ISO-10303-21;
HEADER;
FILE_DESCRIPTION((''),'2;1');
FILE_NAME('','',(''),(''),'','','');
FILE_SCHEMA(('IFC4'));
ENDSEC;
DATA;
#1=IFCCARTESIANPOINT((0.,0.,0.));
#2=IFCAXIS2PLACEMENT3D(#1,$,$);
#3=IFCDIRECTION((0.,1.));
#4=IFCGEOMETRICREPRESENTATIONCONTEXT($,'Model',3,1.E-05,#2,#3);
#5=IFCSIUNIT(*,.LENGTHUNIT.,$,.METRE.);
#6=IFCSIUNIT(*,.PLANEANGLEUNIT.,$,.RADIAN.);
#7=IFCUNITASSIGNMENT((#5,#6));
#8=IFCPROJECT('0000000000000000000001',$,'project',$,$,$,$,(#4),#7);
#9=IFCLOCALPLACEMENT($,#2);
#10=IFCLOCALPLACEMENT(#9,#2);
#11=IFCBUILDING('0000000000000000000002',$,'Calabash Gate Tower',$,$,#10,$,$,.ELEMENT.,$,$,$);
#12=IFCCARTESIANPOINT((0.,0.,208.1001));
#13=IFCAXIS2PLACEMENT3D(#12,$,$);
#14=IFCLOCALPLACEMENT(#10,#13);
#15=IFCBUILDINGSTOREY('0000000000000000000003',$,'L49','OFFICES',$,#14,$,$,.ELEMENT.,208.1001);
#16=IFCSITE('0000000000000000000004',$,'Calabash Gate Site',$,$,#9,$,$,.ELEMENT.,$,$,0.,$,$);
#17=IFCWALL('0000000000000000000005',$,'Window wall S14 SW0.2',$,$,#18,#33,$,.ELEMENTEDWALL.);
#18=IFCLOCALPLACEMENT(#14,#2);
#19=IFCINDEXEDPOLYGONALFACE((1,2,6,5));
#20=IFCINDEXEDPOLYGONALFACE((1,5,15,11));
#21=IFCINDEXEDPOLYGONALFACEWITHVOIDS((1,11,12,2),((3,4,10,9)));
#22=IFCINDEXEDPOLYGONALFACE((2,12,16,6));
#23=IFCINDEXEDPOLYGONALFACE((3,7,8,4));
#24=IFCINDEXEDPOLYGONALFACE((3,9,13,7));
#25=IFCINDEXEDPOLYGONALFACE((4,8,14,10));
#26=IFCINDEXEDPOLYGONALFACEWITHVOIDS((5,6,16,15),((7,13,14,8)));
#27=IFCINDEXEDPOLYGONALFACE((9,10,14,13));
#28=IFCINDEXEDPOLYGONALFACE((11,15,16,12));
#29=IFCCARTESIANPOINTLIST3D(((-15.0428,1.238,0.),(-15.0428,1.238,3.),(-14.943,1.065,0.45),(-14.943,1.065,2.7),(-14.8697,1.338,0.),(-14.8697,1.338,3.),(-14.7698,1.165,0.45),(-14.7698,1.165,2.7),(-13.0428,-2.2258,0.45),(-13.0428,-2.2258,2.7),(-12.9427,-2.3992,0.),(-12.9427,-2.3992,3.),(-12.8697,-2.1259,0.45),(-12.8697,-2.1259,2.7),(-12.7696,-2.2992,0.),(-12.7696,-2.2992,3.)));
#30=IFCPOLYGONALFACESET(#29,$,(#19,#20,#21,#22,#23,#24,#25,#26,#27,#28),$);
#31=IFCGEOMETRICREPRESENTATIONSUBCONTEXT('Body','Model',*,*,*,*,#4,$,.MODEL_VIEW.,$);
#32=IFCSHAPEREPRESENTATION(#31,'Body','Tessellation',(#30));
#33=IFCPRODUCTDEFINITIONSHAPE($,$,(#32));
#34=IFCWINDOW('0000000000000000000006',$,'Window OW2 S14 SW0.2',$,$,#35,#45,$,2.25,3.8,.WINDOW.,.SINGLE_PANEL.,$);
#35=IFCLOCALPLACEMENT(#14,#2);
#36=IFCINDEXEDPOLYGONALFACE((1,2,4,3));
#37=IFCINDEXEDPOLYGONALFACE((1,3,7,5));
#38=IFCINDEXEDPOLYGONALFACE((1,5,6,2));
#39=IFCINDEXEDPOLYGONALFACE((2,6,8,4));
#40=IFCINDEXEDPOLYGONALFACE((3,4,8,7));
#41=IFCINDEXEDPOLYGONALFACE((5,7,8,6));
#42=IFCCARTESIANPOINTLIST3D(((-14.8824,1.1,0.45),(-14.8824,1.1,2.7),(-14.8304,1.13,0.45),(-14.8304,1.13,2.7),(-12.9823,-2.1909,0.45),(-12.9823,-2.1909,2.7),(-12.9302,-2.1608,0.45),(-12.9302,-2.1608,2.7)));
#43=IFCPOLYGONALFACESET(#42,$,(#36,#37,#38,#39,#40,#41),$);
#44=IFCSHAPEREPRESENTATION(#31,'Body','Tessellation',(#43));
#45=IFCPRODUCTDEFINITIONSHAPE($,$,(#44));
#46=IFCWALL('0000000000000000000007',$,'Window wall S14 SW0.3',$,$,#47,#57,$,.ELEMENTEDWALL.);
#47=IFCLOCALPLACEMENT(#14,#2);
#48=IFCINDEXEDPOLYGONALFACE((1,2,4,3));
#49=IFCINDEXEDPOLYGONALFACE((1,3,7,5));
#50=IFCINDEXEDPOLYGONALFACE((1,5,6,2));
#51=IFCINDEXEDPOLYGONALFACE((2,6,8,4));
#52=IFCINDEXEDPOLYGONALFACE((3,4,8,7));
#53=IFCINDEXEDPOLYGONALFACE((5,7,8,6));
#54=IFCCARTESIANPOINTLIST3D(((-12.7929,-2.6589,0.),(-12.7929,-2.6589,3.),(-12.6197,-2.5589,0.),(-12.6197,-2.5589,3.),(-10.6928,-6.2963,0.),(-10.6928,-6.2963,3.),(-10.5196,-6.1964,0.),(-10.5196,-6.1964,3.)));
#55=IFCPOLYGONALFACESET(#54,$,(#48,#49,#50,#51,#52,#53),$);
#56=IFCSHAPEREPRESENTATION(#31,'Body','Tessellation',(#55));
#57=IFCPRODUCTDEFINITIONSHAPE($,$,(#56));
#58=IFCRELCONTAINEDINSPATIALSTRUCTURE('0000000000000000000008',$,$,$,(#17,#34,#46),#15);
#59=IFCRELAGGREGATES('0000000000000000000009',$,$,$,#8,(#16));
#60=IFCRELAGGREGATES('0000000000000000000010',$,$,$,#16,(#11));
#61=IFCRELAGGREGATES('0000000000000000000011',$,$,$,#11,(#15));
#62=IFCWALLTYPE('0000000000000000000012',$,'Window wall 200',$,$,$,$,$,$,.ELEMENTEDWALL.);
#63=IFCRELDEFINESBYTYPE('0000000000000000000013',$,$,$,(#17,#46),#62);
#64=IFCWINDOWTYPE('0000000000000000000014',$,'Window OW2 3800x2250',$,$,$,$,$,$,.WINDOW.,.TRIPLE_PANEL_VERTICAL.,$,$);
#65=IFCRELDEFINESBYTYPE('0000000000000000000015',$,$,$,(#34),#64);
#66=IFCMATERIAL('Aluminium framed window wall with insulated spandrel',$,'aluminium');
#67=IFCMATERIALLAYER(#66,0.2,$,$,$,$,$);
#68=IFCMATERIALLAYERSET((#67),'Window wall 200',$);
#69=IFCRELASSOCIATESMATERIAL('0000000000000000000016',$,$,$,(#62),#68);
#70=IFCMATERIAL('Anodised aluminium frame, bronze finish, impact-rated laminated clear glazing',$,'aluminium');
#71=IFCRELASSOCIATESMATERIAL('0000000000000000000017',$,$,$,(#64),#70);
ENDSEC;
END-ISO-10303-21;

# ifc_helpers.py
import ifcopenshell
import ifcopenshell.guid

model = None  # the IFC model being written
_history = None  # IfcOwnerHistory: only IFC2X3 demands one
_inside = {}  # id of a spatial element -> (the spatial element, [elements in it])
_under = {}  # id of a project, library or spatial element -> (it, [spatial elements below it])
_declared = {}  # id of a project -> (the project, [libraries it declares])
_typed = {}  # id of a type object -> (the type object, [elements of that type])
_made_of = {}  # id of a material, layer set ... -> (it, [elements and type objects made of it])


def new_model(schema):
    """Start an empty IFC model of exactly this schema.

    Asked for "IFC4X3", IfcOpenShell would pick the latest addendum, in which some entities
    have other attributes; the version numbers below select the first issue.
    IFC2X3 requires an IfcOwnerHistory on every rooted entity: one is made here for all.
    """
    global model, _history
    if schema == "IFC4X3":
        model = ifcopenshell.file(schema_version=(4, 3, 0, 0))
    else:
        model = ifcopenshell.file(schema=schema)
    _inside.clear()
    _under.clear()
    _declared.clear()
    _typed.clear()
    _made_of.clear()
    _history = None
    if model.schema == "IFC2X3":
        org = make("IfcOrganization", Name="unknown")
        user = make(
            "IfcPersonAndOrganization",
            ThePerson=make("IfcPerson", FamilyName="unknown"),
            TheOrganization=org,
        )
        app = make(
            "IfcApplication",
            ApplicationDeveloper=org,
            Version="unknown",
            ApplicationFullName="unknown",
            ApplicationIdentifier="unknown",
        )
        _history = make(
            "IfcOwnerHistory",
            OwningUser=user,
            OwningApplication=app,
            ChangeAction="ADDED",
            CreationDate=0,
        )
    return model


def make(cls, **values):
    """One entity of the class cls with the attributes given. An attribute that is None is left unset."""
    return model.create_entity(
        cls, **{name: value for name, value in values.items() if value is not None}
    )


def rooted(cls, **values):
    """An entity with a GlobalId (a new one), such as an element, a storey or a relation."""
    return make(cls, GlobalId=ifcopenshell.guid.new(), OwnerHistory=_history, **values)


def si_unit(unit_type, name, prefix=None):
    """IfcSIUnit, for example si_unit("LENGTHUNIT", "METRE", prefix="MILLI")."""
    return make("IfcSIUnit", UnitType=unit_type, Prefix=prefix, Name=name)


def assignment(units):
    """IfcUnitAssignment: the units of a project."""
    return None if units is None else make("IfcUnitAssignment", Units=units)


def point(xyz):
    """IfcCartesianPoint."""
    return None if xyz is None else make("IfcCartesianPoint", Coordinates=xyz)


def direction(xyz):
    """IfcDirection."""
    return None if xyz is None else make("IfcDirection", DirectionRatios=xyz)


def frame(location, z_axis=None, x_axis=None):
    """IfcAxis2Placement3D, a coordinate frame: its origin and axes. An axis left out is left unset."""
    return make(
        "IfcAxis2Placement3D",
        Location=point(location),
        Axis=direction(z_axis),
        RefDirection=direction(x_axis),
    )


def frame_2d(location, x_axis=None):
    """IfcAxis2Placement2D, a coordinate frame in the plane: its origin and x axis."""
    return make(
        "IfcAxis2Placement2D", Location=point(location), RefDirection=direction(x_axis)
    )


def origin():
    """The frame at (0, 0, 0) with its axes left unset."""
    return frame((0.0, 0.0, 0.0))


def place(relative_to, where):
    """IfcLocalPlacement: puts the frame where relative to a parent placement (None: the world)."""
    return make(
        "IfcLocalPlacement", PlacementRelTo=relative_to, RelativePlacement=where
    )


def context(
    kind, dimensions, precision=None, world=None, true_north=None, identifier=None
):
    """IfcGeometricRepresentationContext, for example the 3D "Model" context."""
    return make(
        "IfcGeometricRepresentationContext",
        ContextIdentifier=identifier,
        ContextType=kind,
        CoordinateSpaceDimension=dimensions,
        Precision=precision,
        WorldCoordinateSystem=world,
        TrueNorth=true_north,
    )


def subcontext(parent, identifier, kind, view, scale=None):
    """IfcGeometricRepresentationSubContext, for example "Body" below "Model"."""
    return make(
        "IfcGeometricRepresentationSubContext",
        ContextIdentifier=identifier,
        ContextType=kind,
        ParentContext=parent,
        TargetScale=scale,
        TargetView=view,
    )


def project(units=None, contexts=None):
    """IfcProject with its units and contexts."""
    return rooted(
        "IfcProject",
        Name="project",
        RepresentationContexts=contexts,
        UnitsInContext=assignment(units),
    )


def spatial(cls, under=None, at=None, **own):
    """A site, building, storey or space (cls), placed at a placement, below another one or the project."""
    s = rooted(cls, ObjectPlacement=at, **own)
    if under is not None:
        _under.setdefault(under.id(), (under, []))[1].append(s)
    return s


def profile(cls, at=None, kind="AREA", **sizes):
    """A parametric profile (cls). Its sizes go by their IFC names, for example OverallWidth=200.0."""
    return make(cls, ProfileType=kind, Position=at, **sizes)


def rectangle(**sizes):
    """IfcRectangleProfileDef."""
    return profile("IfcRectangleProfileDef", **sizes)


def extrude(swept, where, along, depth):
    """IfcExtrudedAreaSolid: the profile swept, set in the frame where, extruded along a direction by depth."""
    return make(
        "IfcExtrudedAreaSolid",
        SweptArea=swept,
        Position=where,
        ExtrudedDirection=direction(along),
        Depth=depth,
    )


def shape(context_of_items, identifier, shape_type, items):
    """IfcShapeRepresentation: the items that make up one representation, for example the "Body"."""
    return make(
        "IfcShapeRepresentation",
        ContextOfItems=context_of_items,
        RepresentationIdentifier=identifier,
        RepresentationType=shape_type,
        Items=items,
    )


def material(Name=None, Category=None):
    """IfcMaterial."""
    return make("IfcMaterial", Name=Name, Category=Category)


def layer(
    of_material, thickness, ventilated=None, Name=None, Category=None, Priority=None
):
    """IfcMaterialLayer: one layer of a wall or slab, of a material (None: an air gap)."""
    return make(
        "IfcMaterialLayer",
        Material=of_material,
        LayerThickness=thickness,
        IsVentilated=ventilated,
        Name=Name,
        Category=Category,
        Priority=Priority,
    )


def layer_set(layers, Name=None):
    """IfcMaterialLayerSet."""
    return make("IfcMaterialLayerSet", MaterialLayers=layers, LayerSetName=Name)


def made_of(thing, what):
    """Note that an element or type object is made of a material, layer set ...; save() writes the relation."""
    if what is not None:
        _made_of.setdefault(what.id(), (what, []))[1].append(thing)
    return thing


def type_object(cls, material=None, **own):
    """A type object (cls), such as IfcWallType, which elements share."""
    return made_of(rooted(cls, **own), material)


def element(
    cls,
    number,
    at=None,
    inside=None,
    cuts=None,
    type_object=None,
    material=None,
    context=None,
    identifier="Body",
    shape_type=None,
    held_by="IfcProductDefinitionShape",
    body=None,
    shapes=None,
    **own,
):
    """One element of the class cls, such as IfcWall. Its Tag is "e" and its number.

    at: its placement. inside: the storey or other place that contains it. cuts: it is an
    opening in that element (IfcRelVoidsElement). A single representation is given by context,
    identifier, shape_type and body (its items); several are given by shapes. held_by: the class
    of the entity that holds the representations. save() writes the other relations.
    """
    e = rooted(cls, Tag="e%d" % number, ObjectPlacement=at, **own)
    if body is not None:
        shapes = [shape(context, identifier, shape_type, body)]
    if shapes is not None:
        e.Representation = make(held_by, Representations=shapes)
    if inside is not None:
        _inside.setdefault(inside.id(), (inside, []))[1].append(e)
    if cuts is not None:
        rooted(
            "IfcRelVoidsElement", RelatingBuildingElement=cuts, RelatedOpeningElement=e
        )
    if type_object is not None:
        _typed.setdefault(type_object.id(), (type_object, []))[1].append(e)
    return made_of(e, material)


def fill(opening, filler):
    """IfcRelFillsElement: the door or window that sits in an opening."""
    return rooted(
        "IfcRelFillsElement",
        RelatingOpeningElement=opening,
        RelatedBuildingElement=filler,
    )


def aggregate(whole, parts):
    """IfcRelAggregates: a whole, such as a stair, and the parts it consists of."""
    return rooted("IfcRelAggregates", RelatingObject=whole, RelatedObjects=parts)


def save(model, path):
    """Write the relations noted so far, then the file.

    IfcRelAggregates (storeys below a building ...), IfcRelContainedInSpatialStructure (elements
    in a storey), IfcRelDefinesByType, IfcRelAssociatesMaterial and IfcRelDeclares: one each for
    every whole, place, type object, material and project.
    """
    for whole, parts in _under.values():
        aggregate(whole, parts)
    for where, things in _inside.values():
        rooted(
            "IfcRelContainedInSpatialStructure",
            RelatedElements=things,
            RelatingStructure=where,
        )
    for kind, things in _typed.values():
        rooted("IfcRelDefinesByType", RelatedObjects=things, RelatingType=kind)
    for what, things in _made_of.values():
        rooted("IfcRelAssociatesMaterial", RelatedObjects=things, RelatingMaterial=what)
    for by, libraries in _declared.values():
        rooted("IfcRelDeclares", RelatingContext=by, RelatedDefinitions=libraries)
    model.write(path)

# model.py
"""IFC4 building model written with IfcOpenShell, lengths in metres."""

from ifc_helpers import new_model, si_unit, direction, frame, frame_2d, origin, place, context, subcontext, project, spatial, rectangle, extrude, material, layer, layer_set, type_object, element, fill, save


model = new_model("IFC4")

# Units and contexts
model_context = context("Model", 3, precision=1e-05, world=origin(), true_north=direction((0.0, 1.0)))
body_context = subcontext(model_context, "Body", "Model", "MODEL_VIEW")
ifc_project = project(units=[si_unit("LENGTHUNIT", "METRE"), si_unit("PLANEANGLEUNIT", "RADIAN")], contexts=[model_context])

# Site, building, storey
site_placement = place(None, origin())
site = spatial("IfcSite", under=ifc_project, at=site_placement, Name="Calabash Gate Site", CompositionType="ELEMENT", RefElevation=0.0)
building_placement = place(site_placement, origin())
building = spatial("IfcBuilding", under=site, at=building_placement, Name="Calabash Gate Tower", CompositionType="ELEMENT")
storey_placement = place(building_placement, frame((0.0, 0.0, 208.1001)))
storey = spatial("IfcBuildingStorey", under=building, at=storey_placement, Name="L49", Description="OFFICES", CompositionType="ELEMENT", Elevation=208.1001)

# Wall, opening, window
ifc_material_1 = material(Name="Aluminium framed window wall with insulated spandrel", Category="aluminium")
ifc_layer_1 = layer(ifc_material_1, 0.2)
ifc_layer_set_1 = layer_set([ifc_layer_1], Name="Window wall 200")
wall_type_1 = type_object("IfcWallType", Name="Window wall 200", PredefinedType="ELEMENTEDWALL", material=ifc_layer_set_1)
wall_1_placement = place(storey_placement, frame((-14.9563, 1.2881, 0.0), z_axis=(0.0, 0.0, 1.0), x_axis=(0.500028, -0.866009, 0.0)))
wall_1 = element("IfcWall", 1, at=wall_1_placement, inside=storey, type_object=wall_type_1, Name="Window wall S14 SW0.2", PredefinedType="ELEMENTEDWALL", context=body_context, shape_type="SweptSolid", body=[
    extrude(rectangle(XDim=4.2, YDim=0.2, at=frame_2d((2.1001, 0.0))), origin(), (0.0, 0.0, 1.0), 3.0),
])
opening_1_placement = place(wall_1_placement, frame((0.2, 0.0, 0.45)))
opening_1 = element("IfcOpeningElement", 2, at=opening_1_placement, cuts=wall_1, PredefinedType="OPENING", context=body_context, shape_type="SweptSolid", body=[
    extrude(rectangle(XDim=3.8, YDim=2.25, at=frame_2d((1.8999, 1.125))), frame((0.0, 0.1099, 0.0), z_axis=(0.0, -1.0, 0.0), x_axis=(1.0, 0.0, 0.0)), (0.0, 0.0, 1.0), 0.22),
])
ifc_material_2 = material(Name="Anodised aluminium frame, bronze finish, impact-rated laminated clear glazing", Category="aluminium")
window_type = type_object("IfcWindowType", Name="Window OW2 3800x2250", PartitioningType="TRIPLE_PANEL_VERTICAL", PredefinedType="WINDOW", material=ifc_material_2)
window_placement = place(opening_1_placement, origin())
window = element("IfcWindow", 3, at=window_placement, inside=storey, type_object=window_type, Name="Window OW2 S14 SW0.2", OverallHeight=2.25, OverallWidth=3.8, PartitioningType="SINGLE_PANEL", PredefinedType="WINDOW", context=body_context, shape_type="SweptSolid", body=[
    extrude(rectangle(XDim=3.8, YDim=2.25, at=frame_2d((1.8999, 1.125))), frame((0.0, 0.03, 0.0), z_axis=(0.0, -1.0, 0.0), x_axis=(1.0, 0.0, 0.0)), (0.0, 0.0, 1.0), 0.0601),
])
fill(opening_1, window)

# Wall
wall_2_placement = place(storey_placement, frame((-12.7063, -2.6089, 0.0), z_axis=(0.0, 0.0, 1.0), x_axis=(0.500003, -0.866024, 0.0)))
element("IfcWall", 4, at=wall_2_placement, inside=storey, type_object=wall_type_1, Name="Window wall S14 SW0.3", PredefinedType="ELEMENTEDWALL", context=body_context, shape_type="SweptSolid", body=[
    extrude(rectangle(XDim=4.2002, YDim=0.2, at=frame_2d((2.1001, 0.0))), origin(), (0.0, 0.0, 1.0), 3.0),
])

save(model, "model.ifc")
